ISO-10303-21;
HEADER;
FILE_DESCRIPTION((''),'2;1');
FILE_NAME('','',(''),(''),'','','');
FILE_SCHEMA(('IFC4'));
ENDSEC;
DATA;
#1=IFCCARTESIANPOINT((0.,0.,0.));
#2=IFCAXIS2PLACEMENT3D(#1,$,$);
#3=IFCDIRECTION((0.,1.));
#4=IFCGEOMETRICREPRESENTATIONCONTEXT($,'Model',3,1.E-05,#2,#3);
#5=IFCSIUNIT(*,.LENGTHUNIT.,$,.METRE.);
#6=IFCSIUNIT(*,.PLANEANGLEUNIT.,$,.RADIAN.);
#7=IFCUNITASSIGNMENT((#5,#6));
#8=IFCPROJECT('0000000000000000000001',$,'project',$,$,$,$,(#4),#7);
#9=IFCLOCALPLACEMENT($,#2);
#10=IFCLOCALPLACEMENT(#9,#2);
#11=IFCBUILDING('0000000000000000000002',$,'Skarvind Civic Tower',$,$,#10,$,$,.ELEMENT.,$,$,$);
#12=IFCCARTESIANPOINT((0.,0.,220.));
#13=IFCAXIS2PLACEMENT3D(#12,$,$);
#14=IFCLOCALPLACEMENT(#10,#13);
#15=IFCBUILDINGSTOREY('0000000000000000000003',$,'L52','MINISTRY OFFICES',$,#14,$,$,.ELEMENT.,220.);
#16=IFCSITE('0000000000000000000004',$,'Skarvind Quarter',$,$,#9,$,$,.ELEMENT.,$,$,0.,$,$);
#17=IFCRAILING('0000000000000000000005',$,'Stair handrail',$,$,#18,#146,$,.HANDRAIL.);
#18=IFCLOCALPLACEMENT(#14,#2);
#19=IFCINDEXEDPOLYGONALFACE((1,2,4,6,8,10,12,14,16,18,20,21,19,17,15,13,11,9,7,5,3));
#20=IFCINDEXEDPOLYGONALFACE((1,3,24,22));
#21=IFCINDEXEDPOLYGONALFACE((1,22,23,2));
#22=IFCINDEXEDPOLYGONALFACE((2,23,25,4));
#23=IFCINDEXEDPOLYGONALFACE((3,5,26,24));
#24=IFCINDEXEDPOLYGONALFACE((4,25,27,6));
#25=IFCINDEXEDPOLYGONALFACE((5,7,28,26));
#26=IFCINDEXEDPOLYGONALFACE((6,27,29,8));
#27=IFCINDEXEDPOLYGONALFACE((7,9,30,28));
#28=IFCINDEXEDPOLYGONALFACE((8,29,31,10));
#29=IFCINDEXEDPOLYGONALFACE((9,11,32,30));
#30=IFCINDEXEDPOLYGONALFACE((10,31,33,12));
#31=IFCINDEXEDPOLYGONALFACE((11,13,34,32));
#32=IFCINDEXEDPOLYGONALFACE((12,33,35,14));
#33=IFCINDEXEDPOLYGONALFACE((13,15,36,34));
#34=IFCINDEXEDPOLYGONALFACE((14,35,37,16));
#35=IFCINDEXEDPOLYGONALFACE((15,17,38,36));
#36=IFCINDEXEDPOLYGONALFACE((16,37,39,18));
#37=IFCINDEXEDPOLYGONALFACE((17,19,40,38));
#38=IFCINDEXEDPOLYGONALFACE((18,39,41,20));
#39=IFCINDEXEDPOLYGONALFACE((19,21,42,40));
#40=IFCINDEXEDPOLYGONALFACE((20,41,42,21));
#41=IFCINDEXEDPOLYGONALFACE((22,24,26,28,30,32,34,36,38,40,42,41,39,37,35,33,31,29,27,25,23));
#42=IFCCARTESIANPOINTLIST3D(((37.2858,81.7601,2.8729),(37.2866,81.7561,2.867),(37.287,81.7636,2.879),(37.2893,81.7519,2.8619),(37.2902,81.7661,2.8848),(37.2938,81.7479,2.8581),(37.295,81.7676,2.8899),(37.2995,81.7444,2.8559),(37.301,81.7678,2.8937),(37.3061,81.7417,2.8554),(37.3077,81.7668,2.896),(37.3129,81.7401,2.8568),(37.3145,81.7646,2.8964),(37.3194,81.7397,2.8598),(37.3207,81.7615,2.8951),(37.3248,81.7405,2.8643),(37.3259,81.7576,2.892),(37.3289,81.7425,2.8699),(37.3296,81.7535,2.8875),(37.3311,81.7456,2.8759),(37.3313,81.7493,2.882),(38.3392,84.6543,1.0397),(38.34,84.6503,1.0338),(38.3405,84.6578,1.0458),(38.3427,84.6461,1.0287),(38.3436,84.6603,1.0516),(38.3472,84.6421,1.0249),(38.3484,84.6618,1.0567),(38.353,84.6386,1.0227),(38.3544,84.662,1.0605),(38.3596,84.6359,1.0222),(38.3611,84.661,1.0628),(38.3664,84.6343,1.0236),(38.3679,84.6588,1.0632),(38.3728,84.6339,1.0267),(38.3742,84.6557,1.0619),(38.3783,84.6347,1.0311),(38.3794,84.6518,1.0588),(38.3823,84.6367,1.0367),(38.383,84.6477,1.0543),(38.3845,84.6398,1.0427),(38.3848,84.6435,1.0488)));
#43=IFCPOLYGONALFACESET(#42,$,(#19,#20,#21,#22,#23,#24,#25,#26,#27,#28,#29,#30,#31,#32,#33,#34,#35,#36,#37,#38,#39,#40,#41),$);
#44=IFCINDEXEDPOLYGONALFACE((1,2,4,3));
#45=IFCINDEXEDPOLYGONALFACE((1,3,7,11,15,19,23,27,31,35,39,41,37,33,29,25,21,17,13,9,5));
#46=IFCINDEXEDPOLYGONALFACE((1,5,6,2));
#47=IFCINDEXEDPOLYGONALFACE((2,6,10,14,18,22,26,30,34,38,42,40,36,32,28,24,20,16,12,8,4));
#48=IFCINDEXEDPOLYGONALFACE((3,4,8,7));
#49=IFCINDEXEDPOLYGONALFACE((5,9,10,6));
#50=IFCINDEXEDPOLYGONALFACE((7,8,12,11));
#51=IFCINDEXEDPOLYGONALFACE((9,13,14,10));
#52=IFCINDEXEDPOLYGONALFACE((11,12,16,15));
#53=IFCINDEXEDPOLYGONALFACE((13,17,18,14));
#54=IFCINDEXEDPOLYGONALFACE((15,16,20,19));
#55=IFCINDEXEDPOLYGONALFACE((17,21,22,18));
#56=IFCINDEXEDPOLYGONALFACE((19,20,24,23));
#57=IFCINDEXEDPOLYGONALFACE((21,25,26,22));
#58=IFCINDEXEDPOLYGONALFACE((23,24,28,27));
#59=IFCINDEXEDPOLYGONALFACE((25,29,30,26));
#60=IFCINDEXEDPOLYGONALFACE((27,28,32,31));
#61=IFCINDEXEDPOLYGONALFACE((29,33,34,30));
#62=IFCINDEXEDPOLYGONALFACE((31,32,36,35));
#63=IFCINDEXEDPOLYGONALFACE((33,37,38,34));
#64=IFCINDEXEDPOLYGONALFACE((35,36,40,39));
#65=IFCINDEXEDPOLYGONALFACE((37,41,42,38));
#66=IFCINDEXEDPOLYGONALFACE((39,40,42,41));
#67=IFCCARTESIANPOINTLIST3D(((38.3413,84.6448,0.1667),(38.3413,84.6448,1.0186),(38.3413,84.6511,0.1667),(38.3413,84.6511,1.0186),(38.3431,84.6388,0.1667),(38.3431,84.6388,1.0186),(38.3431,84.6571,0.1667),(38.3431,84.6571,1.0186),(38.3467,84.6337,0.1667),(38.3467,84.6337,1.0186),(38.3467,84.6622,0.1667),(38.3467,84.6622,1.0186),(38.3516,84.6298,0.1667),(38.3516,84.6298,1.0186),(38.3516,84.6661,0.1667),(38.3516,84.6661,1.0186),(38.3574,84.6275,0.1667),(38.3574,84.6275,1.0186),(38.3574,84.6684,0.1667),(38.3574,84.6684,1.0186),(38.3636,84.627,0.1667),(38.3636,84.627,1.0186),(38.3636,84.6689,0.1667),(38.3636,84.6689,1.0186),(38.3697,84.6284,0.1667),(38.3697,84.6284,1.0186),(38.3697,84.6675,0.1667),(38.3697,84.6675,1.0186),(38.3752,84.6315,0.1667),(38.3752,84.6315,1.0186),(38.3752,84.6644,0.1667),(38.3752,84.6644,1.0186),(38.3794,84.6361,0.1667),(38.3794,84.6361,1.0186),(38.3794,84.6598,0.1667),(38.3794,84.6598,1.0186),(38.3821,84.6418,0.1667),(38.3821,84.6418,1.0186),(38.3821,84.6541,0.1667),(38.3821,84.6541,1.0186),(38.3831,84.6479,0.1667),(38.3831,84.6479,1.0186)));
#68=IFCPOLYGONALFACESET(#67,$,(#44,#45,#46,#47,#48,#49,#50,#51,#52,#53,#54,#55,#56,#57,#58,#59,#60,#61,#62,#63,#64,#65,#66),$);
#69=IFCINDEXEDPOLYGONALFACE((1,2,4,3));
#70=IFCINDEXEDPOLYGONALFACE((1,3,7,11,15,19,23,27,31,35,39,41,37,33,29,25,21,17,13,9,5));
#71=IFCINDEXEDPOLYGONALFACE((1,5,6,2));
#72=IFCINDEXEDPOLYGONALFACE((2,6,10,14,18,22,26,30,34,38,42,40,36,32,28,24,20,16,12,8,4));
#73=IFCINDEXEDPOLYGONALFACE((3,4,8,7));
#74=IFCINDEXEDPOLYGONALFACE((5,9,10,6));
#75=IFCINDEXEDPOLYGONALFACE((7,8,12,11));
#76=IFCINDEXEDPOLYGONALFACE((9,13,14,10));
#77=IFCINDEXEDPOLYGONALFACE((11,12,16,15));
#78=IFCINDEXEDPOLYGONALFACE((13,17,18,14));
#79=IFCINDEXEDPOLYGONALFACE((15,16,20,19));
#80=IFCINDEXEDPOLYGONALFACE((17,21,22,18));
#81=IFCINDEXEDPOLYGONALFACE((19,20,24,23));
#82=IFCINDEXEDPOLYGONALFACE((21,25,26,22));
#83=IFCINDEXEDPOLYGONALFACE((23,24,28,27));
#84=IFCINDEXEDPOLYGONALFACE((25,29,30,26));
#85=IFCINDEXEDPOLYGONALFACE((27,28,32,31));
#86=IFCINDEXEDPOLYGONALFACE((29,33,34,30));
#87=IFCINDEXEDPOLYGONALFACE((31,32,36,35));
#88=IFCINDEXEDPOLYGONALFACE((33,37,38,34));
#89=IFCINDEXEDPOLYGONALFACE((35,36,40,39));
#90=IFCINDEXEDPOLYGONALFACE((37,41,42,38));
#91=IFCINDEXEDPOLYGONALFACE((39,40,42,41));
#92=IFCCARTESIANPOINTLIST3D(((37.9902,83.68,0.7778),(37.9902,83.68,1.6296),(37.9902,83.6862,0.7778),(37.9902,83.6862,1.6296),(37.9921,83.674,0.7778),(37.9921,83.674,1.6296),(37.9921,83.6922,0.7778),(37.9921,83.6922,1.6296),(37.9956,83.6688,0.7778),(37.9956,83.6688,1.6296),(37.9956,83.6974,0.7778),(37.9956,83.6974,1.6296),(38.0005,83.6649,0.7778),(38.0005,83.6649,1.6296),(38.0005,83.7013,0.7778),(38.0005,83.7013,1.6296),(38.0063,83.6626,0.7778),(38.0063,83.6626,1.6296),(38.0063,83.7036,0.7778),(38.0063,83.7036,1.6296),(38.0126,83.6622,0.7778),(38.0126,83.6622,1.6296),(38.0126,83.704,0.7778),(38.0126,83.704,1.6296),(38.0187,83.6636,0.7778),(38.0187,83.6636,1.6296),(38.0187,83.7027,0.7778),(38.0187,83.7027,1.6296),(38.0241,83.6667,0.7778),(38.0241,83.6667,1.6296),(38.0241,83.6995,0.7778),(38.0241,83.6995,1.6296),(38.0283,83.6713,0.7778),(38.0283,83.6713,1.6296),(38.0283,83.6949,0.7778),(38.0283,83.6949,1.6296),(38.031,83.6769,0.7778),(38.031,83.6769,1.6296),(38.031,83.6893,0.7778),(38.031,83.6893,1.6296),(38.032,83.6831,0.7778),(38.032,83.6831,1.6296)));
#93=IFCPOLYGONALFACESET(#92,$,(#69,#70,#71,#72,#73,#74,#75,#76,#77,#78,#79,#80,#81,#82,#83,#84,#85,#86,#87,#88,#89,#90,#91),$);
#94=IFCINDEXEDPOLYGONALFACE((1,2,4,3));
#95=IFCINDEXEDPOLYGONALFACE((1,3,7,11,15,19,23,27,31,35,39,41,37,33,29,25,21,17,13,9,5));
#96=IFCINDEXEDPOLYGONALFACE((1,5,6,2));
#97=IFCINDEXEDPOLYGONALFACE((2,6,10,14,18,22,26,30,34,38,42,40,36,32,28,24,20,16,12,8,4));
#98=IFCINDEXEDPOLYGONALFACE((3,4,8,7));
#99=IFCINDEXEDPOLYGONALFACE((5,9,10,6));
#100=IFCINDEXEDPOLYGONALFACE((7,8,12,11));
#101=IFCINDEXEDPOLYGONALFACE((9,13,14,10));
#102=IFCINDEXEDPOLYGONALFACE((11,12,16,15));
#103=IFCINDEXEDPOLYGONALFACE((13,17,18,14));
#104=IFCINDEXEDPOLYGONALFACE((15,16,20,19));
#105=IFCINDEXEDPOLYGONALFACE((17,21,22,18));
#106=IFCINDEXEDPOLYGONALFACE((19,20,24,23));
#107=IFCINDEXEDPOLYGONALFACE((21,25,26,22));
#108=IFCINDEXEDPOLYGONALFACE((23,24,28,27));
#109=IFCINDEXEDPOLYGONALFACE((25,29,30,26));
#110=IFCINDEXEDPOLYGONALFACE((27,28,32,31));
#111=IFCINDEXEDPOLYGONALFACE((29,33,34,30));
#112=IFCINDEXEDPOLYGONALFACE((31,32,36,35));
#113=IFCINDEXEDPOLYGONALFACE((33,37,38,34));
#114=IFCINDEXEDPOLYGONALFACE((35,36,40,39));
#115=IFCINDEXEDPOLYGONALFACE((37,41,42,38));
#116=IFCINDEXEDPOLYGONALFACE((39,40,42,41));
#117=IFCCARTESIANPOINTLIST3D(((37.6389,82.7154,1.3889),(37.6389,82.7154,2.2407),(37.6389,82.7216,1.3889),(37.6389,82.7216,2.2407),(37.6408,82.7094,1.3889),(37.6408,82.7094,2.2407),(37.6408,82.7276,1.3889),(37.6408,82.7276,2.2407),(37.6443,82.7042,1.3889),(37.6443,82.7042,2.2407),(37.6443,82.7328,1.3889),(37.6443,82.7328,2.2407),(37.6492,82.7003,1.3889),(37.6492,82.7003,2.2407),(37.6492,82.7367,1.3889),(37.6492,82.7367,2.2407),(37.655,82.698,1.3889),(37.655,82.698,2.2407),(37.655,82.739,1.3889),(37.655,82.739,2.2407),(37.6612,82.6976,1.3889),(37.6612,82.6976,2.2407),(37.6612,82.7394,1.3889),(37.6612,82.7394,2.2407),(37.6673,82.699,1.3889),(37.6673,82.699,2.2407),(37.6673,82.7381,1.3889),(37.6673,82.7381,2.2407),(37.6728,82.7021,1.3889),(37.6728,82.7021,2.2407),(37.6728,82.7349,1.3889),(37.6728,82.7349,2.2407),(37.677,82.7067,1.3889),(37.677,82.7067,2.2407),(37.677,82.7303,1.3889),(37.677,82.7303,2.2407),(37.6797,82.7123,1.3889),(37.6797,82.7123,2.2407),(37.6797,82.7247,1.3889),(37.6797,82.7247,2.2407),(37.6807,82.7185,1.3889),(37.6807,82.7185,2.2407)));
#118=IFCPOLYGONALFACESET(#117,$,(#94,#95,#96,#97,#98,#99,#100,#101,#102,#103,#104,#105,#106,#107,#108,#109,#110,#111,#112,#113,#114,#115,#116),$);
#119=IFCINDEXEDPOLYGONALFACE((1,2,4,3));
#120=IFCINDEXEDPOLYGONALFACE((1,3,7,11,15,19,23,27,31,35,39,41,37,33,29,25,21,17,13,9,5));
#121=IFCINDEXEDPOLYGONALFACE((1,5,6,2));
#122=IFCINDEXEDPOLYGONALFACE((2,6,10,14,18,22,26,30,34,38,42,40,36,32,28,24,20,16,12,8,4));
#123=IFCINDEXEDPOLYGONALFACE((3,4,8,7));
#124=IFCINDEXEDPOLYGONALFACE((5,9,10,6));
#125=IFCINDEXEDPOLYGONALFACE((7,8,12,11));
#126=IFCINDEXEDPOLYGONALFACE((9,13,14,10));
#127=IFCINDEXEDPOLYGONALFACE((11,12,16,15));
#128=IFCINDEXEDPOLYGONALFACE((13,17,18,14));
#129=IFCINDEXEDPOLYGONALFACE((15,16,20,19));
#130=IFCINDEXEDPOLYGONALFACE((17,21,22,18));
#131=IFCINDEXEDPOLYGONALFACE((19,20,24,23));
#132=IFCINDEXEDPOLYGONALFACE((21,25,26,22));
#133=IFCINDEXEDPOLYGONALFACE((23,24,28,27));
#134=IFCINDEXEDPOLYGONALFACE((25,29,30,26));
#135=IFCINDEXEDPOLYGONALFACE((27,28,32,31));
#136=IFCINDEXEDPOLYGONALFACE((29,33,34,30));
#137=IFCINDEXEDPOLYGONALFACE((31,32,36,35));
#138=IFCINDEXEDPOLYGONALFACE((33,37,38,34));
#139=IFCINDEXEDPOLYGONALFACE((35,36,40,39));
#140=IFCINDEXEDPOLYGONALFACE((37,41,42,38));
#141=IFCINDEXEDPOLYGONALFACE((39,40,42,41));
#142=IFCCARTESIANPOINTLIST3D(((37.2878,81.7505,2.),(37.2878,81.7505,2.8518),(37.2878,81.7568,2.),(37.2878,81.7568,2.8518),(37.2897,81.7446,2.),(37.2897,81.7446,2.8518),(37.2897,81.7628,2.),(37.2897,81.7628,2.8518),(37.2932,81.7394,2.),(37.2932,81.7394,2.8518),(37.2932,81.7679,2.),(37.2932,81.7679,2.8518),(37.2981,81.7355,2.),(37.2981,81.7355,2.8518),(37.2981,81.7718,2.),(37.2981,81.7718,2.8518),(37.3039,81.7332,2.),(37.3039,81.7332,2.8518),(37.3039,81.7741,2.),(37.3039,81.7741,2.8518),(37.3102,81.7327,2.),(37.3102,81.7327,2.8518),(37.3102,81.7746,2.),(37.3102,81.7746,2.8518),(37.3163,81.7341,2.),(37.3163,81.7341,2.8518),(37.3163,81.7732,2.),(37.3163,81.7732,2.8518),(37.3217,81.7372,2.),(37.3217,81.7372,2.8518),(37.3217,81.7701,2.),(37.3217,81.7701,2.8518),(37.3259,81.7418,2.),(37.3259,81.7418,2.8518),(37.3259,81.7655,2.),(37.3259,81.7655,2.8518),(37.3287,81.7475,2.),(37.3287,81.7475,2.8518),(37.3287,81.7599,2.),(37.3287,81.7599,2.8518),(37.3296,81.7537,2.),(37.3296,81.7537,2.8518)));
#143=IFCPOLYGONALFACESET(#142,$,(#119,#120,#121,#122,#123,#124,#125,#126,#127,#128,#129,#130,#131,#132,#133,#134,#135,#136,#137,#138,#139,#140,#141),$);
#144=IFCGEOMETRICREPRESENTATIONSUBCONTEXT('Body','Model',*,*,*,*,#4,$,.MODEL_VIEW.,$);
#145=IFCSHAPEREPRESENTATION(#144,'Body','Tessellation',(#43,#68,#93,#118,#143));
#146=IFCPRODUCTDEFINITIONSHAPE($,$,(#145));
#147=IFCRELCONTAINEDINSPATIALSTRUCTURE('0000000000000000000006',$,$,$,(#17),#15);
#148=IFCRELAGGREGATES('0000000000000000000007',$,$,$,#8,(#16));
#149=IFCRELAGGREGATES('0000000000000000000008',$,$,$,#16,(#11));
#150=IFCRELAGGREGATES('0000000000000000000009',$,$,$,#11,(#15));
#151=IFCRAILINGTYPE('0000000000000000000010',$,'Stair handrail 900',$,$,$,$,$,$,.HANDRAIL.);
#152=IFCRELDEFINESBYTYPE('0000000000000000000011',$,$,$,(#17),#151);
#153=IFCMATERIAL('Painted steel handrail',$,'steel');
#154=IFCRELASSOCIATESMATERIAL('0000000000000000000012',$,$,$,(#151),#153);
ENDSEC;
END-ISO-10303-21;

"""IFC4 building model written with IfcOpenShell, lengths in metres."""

from ifc_helpers import new_model, si_unit, direction, frame, origin, origin_2d, place, context, subcontext, project, spatial, circle, extrude, material, type_object, element, save


model = new_model("IFC4")

# Units and contexts
model_context = context("Model", 3, precision=1e-05, world=origin(), true_north=direction((0.0, 1.0)))
body_context = subcontext(model_context, "Body", "Model", "MODEL_VIEW")
ifc_project = project(units=[si_unit("LENGTHUNIT", "METRE"), si_unit("PLANEANGLEUNIT", "RADIAN")], contexts=[model_context])

# Site, building, storey
site_placement = place(None, origin())
site = spatial("IfcSite", under=ifc_project, at=site_placement, Name="Skarvind Quarter", CompositionType="ELEMENT", RefElevation=0.0)
building_placement = place(site_placement, origin())
building = spatial("IfcBuilding", under=site, at=building_placement, Name="Skarvind Civic Tower", CompositionType="ELEMENT")
storey_placement = place(building_placement, frame((0.0, 0.0, 220.0)))
storey = spatial("IfcBuildingStorey", under=building, at=storey_placement, Name="L52", Description="MINISTRY OFFICES", CompositionType="ELEMENT", Elevation=220.0)

# Railing
ifc_material_1 = material(Name="Painted steel handrail", Category="steel")
railing_type = type_object("IfcRailingType", Name="Stair handrail 900", PredefinedType="HANDRAIL", material=ifc_material_1)
railing_placement = place(storey_placement, frame((38.3621, 84.6479, 0.1667)))
element("IfcRailing", 1, at=railing_placement, inside=storey, type_object=railing_type, Name="Stair handrail", PredefinedType="HANDRAIL", context=body_context, shape_type="SweptSolid", body=[
    extrude(circle(Radius=0.0239, at=origin_2d()), frame((0.0, 0.0, 0.876), z_axis=(-0.293908, -0.807481, 0.511461), x_axis=(0.939689, -0.342029, 0.0)), (0.0, 0.0, 1.0), 3.5842),
    extrude(circle(Radius=0.021, at=origin_2d()), origin(), (0.0, 0.0, 1.0), 0.8518),
    extrude(circle(Radius=0.021, at=origin_2d()), frame((-0.3511, -0.9648, 0.6111)), (0.0, 0.0, 1.0), 0.8518),
    extrude(circle(Radius=0.021, at=origin_2d()), frame((-0.7024, -1.9294, 1.2222)), (0.0, 0.0, 1.0), 0.8518),
    extrude(circle(Radius=0.021, at=origin_2d()), frame((-1.0535, -2.8943, 1.8333)), (0.0, 0.0, 1.0), 0.8518),
])

save(model, "model.ifc")
